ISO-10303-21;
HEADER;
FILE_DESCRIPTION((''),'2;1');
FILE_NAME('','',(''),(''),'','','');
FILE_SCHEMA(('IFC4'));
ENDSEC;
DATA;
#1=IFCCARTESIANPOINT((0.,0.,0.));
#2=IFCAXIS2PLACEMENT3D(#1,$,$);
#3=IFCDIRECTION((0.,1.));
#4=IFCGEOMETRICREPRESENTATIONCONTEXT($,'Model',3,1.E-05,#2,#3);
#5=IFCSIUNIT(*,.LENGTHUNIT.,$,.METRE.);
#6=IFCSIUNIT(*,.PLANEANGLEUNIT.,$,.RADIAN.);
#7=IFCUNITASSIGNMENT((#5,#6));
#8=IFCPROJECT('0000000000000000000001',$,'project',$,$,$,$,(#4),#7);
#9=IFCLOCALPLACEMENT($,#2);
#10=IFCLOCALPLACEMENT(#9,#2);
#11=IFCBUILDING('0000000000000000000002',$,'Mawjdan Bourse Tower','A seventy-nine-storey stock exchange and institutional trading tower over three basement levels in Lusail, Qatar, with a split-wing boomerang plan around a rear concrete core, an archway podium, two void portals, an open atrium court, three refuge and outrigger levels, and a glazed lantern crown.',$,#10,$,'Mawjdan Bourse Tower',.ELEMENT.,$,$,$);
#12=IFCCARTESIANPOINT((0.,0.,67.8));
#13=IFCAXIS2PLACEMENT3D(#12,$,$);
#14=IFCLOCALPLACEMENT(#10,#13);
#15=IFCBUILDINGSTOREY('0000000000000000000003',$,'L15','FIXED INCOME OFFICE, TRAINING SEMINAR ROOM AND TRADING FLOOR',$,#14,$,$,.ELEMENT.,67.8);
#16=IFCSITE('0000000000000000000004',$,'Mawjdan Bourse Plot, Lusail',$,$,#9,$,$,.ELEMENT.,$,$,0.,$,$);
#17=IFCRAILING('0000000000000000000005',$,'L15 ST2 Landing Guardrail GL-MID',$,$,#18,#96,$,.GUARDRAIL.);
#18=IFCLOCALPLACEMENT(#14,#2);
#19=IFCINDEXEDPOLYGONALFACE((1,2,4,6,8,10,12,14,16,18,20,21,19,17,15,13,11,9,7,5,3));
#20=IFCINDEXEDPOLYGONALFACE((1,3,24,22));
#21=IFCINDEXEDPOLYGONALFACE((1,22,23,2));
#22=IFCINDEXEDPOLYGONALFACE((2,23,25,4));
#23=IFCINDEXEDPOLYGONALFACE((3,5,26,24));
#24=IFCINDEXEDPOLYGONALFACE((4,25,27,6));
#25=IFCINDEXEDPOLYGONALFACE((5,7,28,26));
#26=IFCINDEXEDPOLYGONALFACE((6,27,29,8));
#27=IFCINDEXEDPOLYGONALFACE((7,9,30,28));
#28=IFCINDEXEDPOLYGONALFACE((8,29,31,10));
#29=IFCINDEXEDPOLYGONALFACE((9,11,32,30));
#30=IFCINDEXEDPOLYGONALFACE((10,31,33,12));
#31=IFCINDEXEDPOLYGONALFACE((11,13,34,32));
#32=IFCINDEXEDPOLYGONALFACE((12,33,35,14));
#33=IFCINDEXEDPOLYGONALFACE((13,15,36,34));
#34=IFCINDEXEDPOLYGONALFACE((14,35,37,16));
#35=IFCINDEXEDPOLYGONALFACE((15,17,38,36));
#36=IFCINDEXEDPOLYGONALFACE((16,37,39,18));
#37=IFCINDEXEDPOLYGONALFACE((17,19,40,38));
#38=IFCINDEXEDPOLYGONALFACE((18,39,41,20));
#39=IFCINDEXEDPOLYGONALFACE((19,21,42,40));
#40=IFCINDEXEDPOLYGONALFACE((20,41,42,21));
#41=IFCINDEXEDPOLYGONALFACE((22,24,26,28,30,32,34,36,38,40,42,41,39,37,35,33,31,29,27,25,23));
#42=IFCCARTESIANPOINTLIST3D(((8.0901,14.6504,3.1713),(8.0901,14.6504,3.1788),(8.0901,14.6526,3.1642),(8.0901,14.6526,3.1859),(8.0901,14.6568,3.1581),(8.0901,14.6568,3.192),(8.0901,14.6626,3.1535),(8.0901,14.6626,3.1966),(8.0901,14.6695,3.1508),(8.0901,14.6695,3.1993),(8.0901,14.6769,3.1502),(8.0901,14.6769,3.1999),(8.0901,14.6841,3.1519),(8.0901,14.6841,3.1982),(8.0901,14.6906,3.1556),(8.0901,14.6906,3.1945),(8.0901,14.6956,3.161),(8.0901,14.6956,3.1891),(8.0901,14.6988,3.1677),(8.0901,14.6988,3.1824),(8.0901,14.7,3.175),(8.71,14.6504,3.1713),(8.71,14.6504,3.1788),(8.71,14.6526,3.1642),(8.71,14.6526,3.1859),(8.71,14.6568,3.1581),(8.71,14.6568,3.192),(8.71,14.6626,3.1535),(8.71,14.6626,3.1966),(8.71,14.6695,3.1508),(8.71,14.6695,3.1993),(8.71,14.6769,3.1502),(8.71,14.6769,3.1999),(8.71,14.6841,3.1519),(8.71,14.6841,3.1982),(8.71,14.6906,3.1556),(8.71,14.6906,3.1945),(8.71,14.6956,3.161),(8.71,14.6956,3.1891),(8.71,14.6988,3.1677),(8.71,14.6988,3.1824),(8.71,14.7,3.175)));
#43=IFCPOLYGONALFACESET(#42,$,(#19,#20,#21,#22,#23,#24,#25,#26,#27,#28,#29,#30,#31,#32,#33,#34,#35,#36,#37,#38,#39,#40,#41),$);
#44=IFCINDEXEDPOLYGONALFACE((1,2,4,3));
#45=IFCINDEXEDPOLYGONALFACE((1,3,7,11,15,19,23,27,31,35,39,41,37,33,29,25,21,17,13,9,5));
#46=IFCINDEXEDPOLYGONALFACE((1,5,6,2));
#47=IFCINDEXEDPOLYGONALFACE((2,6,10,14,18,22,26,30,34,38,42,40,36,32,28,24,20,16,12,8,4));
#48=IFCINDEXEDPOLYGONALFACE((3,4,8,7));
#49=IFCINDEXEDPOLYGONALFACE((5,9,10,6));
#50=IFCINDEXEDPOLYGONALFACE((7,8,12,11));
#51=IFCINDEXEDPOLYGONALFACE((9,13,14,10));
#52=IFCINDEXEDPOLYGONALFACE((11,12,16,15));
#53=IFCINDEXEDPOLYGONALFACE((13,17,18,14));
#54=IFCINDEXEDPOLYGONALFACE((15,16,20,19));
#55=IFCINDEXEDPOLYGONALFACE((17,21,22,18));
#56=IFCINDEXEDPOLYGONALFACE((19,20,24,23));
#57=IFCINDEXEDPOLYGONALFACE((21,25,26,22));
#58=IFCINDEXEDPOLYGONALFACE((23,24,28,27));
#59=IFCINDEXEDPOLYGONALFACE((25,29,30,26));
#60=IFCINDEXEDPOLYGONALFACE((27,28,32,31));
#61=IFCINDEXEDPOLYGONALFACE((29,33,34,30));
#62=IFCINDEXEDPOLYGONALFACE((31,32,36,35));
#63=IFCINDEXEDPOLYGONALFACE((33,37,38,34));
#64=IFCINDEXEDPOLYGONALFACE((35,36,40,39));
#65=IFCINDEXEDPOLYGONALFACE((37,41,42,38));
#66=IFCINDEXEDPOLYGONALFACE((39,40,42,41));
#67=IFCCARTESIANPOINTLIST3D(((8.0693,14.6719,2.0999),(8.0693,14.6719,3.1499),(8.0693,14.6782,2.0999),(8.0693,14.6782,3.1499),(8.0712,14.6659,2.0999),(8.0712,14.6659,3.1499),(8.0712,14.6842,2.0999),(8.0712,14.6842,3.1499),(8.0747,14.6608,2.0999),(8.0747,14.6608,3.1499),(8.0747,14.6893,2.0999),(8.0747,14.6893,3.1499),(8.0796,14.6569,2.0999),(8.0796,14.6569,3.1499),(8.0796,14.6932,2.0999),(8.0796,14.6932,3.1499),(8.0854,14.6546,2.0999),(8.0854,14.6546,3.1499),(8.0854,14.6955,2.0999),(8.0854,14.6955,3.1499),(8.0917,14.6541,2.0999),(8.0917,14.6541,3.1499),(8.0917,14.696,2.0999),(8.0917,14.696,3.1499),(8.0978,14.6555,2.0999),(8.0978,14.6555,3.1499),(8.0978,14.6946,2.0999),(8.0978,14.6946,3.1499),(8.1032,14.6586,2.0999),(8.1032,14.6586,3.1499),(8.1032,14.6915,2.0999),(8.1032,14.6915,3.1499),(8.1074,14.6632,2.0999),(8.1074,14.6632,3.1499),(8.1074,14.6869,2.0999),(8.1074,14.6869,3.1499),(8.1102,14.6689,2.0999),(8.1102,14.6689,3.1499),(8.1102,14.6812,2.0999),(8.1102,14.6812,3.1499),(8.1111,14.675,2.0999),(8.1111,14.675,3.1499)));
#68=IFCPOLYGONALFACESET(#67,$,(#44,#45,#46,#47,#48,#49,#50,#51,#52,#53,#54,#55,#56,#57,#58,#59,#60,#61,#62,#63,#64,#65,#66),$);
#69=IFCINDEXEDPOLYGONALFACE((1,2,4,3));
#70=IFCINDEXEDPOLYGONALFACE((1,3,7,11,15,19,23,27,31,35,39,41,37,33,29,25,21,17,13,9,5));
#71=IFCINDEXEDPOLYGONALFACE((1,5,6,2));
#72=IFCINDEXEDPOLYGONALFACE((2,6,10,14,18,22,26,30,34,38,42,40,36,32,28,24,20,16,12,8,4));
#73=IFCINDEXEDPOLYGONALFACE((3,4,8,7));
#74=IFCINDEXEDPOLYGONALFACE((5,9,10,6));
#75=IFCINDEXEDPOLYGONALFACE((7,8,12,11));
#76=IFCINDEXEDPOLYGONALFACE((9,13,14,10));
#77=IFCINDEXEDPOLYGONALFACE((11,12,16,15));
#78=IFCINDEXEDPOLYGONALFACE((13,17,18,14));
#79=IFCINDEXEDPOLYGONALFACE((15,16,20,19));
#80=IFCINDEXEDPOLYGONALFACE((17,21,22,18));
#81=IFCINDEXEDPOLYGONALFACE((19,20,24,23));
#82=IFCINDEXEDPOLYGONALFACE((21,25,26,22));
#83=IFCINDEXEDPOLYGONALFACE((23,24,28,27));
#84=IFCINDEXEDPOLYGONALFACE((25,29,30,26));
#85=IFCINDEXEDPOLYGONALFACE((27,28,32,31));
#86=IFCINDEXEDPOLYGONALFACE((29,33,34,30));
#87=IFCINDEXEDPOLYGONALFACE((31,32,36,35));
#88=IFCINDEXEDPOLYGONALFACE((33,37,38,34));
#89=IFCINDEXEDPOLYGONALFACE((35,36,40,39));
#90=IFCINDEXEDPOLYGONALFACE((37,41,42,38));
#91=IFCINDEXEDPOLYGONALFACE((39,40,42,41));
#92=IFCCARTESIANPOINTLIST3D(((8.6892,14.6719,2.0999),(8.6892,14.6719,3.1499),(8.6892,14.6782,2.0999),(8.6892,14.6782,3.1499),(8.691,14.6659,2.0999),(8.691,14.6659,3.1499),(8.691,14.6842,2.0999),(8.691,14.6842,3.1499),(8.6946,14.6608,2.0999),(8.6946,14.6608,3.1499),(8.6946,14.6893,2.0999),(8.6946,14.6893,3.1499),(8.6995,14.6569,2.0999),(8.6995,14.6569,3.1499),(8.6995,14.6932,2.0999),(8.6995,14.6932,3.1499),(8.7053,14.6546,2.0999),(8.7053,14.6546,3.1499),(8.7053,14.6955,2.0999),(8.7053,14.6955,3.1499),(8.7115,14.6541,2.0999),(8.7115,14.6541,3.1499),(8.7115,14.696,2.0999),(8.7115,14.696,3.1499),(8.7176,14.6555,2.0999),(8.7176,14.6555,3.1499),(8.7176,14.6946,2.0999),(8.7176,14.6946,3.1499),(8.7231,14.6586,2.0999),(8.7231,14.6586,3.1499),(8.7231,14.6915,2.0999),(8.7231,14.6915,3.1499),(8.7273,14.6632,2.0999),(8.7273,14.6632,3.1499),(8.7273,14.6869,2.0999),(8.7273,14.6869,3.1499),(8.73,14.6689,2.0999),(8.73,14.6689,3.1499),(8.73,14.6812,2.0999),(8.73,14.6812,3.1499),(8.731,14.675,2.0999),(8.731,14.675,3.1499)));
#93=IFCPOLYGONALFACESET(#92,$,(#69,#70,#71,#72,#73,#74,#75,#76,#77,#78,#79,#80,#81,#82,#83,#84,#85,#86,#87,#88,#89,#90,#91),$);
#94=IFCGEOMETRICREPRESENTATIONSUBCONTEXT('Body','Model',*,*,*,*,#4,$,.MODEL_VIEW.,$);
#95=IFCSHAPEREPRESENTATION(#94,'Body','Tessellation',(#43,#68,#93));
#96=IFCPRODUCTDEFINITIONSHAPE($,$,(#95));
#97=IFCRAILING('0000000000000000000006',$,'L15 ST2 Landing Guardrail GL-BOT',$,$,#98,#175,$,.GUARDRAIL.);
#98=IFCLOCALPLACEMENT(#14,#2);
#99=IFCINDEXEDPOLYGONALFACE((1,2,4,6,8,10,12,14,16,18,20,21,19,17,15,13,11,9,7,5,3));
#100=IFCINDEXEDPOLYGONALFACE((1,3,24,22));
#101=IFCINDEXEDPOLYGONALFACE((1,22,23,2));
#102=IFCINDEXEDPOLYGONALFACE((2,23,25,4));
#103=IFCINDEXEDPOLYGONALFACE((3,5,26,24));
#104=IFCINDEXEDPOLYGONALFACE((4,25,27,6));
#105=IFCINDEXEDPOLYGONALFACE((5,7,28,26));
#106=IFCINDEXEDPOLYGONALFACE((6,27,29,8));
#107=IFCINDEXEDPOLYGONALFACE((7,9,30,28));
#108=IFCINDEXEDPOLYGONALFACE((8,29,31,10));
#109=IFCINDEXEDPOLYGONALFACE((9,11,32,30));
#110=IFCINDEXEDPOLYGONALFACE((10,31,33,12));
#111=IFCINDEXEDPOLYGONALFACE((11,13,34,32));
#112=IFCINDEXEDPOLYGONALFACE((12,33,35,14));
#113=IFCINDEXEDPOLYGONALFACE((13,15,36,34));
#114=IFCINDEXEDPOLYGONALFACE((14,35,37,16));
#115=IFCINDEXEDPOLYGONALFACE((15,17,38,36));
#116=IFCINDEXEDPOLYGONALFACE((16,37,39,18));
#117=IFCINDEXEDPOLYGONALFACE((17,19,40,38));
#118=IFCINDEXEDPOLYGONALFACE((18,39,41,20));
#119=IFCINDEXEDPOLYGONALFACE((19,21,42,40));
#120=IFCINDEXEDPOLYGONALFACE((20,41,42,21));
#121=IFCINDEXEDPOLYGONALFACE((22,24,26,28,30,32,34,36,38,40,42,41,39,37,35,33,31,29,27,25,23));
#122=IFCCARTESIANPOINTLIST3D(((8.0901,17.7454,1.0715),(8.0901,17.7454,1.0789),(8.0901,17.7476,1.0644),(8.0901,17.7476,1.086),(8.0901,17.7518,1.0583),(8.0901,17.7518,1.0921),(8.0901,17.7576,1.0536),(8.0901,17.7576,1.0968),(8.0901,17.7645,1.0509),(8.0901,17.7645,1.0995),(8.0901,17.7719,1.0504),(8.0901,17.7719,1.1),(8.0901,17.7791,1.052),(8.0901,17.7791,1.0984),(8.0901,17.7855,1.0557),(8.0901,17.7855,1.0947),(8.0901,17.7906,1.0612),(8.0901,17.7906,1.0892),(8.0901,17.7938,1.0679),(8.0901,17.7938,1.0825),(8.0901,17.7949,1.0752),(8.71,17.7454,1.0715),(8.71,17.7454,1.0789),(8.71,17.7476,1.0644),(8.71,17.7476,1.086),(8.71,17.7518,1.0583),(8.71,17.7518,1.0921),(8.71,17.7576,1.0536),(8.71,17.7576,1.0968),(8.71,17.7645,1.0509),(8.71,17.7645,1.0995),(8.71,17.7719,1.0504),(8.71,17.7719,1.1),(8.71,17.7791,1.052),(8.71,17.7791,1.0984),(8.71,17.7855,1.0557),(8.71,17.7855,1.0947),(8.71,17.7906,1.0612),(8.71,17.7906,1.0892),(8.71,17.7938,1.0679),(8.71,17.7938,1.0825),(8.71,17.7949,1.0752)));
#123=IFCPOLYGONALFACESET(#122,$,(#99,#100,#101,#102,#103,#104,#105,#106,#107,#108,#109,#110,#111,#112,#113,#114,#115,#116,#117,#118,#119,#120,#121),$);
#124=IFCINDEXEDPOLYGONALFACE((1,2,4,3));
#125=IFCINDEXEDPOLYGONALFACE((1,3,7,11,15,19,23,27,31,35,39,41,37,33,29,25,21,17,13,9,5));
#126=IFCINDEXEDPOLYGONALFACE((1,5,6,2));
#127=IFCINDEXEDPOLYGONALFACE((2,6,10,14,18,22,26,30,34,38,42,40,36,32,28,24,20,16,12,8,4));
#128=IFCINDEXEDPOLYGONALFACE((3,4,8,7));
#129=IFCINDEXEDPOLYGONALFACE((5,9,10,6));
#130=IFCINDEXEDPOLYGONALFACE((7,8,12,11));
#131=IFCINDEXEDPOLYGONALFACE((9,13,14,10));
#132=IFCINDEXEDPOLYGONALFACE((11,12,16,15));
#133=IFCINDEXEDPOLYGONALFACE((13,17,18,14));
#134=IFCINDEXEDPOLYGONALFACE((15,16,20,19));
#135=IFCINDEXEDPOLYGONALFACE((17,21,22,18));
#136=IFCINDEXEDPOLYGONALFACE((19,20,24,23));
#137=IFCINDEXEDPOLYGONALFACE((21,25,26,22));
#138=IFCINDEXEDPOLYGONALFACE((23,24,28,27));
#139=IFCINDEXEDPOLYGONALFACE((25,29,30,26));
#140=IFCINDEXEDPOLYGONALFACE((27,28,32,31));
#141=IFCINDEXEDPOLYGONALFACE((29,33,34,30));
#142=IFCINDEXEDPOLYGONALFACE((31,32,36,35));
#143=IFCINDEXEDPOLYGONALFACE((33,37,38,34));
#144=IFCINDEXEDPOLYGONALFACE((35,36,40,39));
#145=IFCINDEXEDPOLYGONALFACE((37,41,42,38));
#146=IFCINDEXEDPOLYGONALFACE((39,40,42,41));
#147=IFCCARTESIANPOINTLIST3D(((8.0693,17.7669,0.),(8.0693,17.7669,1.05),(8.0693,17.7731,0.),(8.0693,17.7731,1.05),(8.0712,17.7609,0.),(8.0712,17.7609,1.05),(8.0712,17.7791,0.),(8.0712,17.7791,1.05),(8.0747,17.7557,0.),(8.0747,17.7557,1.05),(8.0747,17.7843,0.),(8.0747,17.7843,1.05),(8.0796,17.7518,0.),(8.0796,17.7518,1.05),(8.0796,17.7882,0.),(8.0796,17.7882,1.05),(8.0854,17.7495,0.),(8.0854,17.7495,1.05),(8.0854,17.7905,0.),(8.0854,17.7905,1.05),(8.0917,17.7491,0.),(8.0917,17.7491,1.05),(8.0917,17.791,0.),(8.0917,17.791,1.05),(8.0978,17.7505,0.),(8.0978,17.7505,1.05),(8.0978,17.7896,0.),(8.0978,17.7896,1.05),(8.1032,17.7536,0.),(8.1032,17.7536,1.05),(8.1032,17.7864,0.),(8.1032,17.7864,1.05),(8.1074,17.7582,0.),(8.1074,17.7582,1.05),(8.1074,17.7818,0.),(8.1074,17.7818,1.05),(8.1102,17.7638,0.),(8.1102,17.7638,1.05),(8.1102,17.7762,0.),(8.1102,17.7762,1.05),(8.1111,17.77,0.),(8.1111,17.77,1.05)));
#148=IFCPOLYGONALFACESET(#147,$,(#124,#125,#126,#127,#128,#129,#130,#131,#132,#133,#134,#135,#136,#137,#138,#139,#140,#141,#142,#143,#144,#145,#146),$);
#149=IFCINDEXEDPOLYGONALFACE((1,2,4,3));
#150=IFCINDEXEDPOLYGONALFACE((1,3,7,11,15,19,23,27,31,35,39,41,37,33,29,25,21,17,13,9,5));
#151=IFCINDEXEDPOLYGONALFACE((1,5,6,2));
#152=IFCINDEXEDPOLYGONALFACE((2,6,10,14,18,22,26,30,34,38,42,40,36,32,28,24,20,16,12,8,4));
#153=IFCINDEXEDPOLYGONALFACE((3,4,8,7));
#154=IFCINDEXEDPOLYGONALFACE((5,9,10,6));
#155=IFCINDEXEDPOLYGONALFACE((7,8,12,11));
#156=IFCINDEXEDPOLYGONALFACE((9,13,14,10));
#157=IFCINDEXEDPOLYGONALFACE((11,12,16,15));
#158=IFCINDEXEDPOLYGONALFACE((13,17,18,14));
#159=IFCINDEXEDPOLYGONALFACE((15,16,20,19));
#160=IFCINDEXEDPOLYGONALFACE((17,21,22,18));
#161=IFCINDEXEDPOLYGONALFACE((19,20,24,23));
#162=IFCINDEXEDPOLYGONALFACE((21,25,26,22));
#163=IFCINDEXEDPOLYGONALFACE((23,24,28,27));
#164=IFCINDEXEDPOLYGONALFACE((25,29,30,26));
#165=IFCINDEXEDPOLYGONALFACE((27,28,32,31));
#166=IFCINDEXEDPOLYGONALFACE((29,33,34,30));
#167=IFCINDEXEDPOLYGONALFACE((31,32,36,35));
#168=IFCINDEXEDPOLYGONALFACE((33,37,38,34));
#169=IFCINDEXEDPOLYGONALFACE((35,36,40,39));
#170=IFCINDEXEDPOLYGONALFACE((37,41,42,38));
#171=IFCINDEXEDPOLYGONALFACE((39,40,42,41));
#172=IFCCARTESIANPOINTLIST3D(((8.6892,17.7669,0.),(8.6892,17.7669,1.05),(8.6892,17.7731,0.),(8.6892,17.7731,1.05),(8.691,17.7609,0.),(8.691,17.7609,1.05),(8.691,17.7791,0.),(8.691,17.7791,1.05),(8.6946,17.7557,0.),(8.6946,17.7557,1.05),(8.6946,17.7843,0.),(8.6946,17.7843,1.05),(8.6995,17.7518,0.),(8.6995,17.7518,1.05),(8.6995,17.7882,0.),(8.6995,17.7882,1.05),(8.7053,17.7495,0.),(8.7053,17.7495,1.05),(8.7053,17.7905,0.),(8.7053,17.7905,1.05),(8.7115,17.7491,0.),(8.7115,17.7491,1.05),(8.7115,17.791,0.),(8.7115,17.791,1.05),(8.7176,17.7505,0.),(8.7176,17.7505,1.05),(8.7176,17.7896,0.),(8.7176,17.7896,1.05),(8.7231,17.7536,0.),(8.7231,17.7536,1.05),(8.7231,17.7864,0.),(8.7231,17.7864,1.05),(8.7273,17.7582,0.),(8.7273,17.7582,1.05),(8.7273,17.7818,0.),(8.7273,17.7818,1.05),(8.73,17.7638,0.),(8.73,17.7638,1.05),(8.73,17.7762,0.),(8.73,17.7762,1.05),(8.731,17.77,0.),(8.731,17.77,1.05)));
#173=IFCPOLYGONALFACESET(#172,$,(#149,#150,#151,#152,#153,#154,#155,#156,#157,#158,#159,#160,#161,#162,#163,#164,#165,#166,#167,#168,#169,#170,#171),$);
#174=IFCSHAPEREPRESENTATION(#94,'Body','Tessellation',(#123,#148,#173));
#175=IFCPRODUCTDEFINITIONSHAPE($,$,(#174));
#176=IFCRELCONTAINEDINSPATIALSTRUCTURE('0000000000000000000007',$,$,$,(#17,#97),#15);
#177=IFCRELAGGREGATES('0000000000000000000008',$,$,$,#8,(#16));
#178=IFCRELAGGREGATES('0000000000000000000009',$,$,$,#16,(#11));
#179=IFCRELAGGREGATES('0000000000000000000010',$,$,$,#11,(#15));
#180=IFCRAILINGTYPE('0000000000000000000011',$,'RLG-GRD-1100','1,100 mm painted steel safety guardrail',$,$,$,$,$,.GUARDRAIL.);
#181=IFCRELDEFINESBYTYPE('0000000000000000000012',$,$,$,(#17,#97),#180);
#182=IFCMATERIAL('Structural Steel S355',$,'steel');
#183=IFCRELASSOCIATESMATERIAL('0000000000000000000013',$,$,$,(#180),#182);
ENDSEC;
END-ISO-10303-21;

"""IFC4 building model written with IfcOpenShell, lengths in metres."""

from ifc_helpers import new_model, si_unit, direction, frame, origin, origin_2d, place, context, subcontext, project, spatial, circle, extrude, material, type_object, element, save


model = new_model("IFC4")

# Units and contexts
model_context = context("Model", 3, precision=1e-05, world=origin(), true_north=direction((0.0, 1.0)))
body_context = subcontext(model_context, "Body", "Model", "MODEL_VIEW")
ifc_project = project(units=[si_unit("LENGTHUNIT", "METRE"), si_unit("PLANEANGLEUNIT", "RADIAN")], contexts=[model_context])

# Site, building, storey
site_placement = place(None, origin())
site = spatial("IfcSite", under=ifc_project, at=site_placement, Name="Mawjdan Bourse Plot, Lusail", CompositionType="ELEMENT", RefElevation=0.0)
building_placement = place(site_placement, origin())
building = spatial("IfcBuilding", under=site, at=building_placement, Name="Mawjdan Bourse Tower", Description="A seventy-nine-storey stock exchange and institutional trading tower over three basement levels in Lusail, Qatar, with a split-wing boomerang plan around a rear concrete core, an archway podium, two void portals, an open atrium court, three refuge and outrigger levels, and a glazed lantern crown.", LongName="Mawjdan Bourse Tower", CompositionType="ELEMENT")
storey_placement = place(building_placement, frame((0.0, 0.0, 67.8)))
storey = spatial("IfcBuildingStorey", under=building, at=storey_placement, Name="L15", Description="FIXED INCOME OFFICE, TRAINING SEMINAR ROOM AND TRADING FLOOR", CompositionType="ELEMENT", Elevation=67.8)

# Railings
ifc_material_1 = material(Name="Structural Steel S355", Category="steel")
railing_type_1 = type_object("IfcRailingType", Name="RLG-GRD-1100", Description="1,100 mm painted steel safety guardrail", PredefinedType="GUARDRAIL", material=ifc_material_1)
for number, where, name in (
    (1, (8.0901, 14.675, 2.0999), "L15 ST2 Landing Guardrail GL-MID"),
    (2, (8.0901, 17.77, 0.0), "L15 ST2 Landing Guardrail GL-BOT"),
):
    element("IfcRailing", number, at=place(storey_placement, frame(where)), inside=storey, type_object=railing_type_1, Name=name, PredefinedType="GUARDRAIL", context=body_context, shape_type="SweptSolid", body=[
        extrude(circle(Radius=0.0249, at=origin_2d()), frame((0.0, 0.0, 1.0752), z_axis=(1.0, 0.0, 0.0), x_axis=(0.0, 1.0, 0.0)), (0.0, 0.0, 1.0), 0.6199),
        extrude(circle(Radius=0.021, at=origin_2d()), origin(), (0.0, 0.0, 1.0), 1.05),
        extrude(circle(Radius=0.021, at=origin_2d()), frame((0.6199, 0.0, 0.0)), (0.0, 0.0, 1.0), 1.05),
    ])

save(model, "model.ifc")
